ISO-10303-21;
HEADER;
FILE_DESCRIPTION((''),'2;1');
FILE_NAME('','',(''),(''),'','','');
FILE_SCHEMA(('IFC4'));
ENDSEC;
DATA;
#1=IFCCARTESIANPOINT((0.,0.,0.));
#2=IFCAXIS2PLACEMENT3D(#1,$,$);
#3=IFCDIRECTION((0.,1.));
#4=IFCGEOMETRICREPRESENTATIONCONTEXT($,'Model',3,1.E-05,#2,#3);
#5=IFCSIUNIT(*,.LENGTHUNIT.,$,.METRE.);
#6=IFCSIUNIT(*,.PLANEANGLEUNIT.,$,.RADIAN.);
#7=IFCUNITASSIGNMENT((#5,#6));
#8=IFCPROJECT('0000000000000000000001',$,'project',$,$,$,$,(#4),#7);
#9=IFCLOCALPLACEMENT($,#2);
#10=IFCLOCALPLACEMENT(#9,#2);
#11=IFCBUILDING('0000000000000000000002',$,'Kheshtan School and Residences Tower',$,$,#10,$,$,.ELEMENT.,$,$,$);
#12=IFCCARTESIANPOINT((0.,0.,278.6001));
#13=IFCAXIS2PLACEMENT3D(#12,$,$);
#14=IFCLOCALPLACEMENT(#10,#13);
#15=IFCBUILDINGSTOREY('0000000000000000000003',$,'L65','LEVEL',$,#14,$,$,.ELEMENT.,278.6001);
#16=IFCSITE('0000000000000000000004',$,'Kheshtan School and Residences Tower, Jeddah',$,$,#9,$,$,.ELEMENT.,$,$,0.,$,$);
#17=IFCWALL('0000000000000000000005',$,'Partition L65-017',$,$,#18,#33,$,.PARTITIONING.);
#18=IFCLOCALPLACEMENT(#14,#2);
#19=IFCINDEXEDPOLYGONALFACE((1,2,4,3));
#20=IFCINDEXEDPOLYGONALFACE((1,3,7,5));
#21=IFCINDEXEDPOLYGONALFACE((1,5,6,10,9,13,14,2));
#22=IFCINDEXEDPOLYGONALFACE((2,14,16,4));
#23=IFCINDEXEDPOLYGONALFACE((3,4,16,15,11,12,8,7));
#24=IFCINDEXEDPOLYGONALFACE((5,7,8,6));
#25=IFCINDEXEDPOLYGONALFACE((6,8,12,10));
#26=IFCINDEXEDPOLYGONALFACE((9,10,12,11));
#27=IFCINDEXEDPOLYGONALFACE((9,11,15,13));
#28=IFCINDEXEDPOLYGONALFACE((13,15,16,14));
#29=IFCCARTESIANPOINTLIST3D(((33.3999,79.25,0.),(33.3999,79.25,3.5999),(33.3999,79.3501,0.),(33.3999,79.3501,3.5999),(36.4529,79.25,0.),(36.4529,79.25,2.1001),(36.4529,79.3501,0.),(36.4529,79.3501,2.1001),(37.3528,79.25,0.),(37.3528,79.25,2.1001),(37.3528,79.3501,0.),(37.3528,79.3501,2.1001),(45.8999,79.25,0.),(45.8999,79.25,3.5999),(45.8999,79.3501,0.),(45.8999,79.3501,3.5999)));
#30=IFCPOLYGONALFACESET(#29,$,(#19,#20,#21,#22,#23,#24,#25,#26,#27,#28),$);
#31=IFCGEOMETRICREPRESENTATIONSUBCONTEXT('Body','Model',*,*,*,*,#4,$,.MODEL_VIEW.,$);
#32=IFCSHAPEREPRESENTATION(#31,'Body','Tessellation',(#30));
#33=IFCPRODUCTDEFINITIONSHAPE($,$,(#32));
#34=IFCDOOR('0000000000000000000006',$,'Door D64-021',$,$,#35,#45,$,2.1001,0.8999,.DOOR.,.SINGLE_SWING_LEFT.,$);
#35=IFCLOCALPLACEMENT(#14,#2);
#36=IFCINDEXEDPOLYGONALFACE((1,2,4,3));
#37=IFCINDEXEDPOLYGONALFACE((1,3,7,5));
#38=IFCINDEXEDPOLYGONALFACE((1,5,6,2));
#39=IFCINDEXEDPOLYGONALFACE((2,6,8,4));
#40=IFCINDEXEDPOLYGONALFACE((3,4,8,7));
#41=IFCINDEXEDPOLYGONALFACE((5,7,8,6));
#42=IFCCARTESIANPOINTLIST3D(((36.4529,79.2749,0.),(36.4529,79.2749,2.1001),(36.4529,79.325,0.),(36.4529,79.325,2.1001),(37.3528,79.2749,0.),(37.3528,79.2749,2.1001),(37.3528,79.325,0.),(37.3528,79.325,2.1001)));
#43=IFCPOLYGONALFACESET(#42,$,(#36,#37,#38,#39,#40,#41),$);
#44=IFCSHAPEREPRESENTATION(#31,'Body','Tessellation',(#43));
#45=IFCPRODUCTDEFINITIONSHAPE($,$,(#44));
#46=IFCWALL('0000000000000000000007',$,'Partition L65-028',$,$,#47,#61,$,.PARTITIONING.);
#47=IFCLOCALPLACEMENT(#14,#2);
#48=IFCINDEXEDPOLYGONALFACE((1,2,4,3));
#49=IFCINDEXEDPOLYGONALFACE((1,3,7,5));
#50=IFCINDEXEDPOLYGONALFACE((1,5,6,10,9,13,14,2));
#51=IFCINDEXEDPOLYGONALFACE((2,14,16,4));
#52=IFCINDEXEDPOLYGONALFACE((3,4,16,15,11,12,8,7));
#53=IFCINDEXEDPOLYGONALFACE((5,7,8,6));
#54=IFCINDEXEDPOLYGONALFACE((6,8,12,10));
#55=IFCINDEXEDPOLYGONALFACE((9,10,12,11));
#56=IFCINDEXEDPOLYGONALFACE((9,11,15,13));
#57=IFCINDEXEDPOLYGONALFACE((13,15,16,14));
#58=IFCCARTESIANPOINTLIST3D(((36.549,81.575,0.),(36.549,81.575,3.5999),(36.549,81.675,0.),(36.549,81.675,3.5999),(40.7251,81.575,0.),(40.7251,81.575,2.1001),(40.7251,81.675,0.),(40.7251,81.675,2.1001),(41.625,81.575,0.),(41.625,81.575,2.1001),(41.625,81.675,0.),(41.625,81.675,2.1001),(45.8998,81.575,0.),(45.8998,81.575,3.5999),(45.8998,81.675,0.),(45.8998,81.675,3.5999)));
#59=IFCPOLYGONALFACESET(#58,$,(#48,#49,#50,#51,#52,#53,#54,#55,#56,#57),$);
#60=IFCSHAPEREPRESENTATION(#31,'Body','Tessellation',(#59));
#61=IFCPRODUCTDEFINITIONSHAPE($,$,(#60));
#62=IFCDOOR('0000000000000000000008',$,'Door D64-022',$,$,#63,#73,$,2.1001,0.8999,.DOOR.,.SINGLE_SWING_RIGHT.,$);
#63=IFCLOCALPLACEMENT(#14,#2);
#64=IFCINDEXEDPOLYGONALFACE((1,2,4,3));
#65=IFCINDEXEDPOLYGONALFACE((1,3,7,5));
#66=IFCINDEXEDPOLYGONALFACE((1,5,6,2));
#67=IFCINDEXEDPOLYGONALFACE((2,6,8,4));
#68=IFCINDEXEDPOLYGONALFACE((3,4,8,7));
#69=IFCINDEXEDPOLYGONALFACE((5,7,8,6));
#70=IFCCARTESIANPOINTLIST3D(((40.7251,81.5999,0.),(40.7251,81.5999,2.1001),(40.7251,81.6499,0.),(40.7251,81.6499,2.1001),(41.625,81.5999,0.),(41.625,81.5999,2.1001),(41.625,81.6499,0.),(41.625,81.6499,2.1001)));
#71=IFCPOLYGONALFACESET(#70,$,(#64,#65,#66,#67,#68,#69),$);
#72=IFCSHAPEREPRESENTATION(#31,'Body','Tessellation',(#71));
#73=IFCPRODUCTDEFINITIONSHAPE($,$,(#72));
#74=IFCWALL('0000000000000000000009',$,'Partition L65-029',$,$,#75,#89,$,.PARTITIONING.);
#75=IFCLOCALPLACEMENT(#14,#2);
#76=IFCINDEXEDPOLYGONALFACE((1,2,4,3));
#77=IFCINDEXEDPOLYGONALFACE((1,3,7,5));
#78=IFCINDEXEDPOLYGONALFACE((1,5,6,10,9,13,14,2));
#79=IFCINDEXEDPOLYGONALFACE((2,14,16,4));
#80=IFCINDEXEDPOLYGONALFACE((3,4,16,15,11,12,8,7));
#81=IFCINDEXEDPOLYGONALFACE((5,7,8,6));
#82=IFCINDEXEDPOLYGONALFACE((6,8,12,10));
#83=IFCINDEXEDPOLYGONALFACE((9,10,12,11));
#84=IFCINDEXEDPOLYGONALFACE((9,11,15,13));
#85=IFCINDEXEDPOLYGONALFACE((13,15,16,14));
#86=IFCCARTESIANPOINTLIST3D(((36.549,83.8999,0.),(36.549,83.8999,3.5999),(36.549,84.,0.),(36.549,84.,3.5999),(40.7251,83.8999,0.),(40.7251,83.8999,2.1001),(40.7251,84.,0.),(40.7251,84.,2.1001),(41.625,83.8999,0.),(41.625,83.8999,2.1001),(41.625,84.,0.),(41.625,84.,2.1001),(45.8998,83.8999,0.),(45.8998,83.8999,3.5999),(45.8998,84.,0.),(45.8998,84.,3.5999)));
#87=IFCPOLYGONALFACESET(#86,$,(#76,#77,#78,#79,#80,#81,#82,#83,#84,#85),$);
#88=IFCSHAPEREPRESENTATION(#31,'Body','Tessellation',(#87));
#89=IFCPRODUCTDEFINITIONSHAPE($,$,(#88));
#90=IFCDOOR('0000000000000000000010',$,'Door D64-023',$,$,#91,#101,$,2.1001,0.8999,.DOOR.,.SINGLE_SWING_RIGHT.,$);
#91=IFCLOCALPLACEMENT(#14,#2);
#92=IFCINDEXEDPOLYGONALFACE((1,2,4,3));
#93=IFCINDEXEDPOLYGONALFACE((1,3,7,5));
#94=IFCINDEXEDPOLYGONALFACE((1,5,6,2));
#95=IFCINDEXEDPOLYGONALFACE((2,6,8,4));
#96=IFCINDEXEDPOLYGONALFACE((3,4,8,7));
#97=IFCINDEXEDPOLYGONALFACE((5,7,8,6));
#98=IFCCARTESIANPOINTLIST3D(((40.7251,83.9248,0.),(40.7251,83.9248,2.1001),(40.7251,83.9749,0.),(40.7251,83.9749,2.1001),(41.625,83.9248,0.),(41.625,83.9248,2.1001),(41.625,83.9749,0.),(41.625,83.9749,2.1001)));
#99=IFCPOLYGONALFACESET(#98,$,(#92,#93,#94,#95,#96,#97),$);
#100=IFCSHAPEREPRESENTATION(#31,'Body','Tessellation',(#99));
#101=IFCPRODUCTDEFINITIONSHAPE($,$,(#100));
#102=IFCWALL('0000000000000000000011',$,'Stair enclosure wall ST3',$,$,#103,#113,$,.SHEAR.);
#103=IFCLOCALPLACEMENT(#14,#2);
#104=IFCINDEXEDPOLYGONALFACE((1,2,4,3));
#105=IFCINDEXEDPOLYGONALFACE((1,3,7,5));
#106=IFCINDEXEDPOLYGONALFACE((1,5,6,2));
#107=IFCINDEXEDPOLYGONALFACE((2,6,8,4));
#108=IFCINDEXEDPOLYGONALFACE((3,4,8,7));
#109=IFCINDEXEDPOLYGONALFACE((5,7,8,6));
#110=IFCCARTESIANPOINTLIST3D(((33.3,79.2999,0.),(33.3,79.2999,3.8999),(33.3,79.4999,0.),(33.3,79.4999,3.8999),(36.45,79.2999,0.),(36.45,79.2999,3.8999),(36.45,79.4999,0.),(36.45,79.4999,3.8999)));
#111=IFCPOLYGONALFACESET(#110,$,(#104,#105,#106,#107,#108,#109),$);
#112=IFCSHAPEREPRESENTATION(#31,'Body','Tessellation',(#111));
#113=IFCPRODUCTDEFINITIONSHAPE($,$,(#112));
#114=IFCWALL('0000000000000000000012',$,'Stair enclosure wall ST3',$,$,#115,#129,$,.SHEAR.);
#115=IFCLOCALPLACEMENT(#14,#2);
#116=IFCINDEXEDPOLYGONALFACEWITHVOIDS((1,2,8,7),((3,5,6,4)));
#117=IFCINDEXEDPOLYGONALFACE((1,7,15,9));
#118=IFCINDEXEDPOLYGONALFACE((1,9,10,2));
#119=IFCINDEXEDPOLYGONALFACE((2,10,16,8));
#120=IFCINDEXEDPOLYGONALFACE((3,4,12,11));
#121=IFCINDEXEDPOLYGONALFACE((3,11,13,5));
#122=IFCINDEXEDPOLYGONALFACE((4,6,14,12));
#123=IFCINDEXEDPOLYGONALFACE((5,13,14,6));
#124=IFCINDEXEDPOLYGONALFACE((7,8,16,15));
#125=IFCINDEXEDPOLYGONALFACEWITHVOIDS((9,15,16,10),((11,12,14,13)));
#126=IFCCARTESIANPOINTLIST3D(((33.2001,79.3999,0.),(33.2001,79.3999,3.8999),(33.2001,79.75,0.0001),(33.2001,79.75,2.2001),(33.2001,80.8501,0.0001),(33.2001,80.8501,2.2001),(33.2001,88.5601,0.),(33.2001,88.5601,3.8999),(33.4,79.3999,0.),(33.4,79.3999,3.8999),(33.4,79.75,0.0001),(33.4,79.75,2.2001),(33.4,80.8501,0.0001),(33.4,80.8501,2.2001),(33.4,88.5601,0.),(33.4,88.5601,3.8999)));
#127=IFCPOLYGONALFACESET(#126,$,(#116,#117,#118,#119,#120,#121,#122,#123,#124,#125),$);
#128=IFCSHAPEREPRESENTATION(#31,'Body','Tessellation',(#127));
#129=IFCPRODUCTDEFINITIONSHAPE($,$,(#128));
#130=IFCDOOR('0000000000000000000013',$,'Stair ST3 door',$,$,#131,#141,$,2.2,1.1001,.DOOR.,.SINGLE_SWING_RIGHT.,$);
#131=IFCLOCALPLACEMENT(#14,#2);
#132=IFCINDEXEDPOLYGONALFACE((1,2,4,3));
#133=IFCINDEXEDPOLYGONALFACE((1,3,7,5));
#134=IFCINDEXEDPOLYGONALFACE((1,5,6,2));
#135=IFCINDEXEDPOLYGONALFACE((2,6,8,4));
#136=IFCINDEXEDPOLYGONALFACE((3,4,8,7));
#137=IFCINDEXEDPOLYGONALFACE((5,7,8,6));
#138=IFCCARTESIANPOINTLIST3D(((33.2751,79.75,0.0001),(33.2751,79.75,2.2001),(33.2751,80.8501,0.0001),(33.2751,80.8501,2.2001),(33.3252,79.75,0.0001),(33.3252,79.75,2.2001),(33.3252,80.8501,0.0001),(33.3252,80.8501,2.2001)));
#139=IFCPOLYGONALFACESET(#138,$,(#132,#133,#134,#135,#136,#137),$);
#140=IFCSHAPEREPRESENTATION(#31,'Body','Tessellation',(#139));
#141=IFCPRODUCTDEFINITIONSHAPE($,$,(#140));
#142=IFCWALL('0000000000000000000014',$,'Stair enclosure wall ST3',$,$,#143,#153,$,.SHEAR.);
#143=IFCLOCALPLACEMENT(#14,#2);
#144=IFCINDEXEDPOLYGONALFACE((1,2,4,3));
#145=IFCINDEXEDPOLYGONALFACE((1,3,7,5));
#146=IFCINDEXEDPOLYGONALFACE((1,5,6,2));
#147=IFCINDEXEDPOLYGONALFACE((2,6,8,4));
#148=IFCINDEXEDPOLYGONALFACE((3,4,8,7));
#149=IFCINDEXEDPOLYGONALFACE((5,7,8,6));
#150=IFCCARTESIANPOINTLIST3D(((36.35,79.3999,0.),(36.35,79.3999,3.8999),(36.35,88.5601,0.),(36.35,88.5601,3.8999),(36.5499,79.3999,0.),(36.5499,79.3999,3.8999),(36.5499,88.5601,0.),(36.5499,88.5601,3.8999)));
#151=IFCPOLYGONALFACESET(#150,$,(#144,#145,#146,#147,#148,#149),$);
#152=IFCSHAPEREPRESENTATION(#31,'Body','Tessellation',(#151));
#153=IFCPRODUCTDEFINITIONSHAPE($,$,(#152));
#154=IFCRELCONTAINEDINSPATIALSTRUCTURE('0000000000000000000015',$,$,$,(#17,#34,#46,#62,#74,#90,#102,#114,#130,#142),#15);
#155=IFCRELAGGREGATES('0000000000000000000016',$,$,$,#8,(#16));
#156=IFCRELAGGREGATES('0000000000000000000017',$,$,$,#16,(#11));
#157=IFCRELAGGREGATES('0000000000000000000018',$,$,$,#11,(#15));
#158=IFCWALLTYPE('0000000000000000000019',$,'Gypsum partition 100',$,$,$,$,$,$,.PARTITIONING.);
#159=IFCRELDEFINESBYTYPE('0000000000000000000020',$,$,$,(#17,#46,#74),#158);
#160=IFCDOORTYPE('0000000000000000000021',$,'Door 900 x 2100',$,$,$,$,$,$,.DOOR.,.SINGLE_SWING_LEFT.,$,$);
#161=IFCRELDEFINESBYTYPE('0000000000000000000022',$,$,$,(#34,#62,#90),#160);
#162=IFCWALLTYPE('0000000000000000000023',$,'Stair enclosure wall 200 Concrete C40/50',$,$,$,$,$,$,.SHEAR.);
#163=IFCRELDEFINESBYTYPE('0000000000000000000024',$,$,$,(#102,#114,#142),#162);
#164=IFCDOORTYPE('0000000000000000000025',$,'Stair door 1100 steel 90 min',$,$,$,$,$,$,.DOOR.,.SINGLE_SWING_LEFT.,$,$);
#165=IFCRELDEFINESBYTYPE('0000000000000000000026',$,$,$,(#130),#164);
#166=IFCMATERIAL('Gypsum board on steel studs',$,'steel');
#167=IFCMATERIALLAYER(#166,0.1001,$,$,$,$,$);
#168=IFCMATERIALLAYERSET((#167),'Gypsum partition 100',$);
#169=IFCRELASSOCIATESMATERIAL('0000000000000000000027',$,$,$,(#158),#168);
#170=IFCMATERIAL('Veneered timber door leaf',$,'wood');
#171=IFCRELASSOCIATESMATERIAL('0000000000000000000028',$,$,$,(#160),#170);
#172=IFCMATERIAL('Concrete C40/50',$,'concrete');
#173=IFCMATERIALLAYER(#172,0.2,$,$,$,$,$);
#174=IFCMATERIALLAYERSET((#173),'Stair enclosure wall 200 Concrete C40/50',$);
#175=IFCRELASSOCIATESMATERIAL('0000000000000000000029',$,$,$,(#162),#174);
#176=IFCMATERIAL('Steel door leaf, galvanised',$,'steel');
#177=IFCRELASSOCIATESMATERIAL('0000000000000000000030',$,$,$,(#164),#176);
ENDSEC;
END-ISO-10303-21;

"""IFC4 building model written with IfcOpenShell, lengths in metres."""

from ifc_helpers import new_model, si_unit, direction, frame, frame_2d, origin, place, context, subcontext, project, spatial, rectangle, extrude, source, transform, mapped, material, layer, layer_set, type_object, element, fill, save


model = new_model("IFC4")

# Units and contexts
model_context = context("Model", 3, precision=1e-05, world=origin(), true_north=direction((0.0, 1.0)))
body_context = subcontext(model_context, "Body", "Model", "MODEL_VIEW")
ifc_project = project(units=[si_unit("LENGTHUNIT", "METRE"), si_unit("PLANEANGLEUNIT", "RADIAN")], contexts=[model_context])

# Site, building, storey
site_placement = place(None, origin())
site = spatial("IfcSite", under=ifc_project, at=site_placement, Name="Kheshtan School and Residences Tower, Jeddah", CompositionType="ELEMENT", RefElevation=0.0)
building_placement = place(site_placement, origin())
building = spatial("IfcBuilding", under=site, at=building_placement, Name="Kheshtan School and Residences Tower", CompositionType="ELEMENT")
storey_placement = place(building_placement, frame((0.0, 0.0, 278.6001)))
storey = spatial("IfcBuildingStorey", under=building, at=storey_placement, Name="L65", Description="LEVEL", CompositionType="ELEMENT", Elevation=278.6001)

# Walls, openings, doors
ifc_material_1 = material(Name="Gypsum board on steel studs", Category="steel")
ifc_layer_1 = layer(ifc_material_1, 0.1001)
ifc_layer_set_1 = layer_set([ifc_layer_1], Name="Gypsum partition 100")
wall_type_1 = type_object("IfcWallType", Name="Gypsum partition 100", PredefinedType="PARTITIONING", material=ifc_layer_set_1)
wall_1_placement = place(storey_placement, frame((33.3999, 79.3, 0.0), z_axis=(0.0, 0.0, 1.0), x_axis=(1.0, 0.0, 0.0)))
wall_1 = element("IfcWall", 1, at=wall_1_placement, inside=storey, type_object=wall_type_1, Name="Partition L65-017", PredefinedType="PARTITIONING", context=body_context, shape_type="SweptSolid", body=[
    extrude(rectangle(XDim=12.5, YDim=0.1001, at=frame_2d((6.25, 0.0))), origin(), (0.0, 0.0, 1.0), 3.5999),
])
opening_1_placement = place(wall_1_placement, frame((3.053, 0.0, 0.0)))
opening_1 = element("IfcOpeningElement", 2, at=opening_1_placement, cuts=wall_1, PredefinedType="OPENING", context=body_context, shape_type="SweptSolid", body=[
    extrude(rectangle(XDim=0.8999, YDim=2.1001, at=frame_2d((0.45, 1.05))), frame((0.0, 0.0601, 0.0), z_axis=(0.0, -1.0, 0.0), x_axis=(1.0, 0.0, 0.0)), (0.0, 0.0, 1.0), 0.1201),
])
ifc_material_2 = material(Name="Veneered timber door leaf", Category="wood")
door_type_1 = type_object("IfcDoorType", Name="Door 900 x 2100", OperationType="SINGLE_SWING_LEFT", PredefinedType="DOOR", material=ifc_material_2)
shared_shape_1 = source(origin(), body_context, "Body", "SweptSolid", [
    extrude(rectangle(XDim=0.8999, YDim=2.1001, at=frame_2d((0.45, 1.05))), frame((0.0, 0.0249, 0.0), z_axis=(0.0, -1.0, 0.0), x_axis=(1.0, 0.0, 0.0)), (0.0, 0.0, 1.0), 0.05),
])
door_1_placement = place(opening_1_placement, origin())
door_1 = element("IfcDoor", 3, at=door_1_placement, inside=storey, type_object=door_type_1, Name="Door D64-021", OperationType="SINGLE_SWING_LEFT", OverallHeight=2.1001, OverallWidth=0.8999, PredefinedType="DOOR", context=body_context, shape_type="MappedRepresentation", body=[
    mapped(shared_shape_1, transform((0.0, 0.0, 0.0), x_axis=(1.0, 0.0, 0.0), y_axis=(0.0, 1.0, 0.0), z_axis=(0.0, 0.0, 1.0), scale=1.0)),
])
fill(opening_1, door_1)
wall_2_placement = place(storey_placement, frame((36.5491, 81.625, 0.0), z_axis=(0.0, 0.0, 1.0), x_axis=(1.0, 0.0, 0.0)))
wall_2 = element("IfcWall", 4, at=wall_2_placement, inside=storey, type_object=wall_type_1, Name="Partition L65-028", PredefinedType="PARTITIONING", context=body_context, shape_type="SweptSolid", body=[
    extrude(rectangle(XDim=9.3508, YDim=0.1001, at=frame_2d((4.6753, 0.0))), origin(), (0.0, 0.0, 1.0), 3.5999),
])
opening_2_placement = place(wall_2_placement, frame((4.176, 0.0, 0.0)))
opening_2 = element("IfcOpeningElement", 5, at=opening_2_placement, cuts=wall_2, PredefinedType="OPENING", context=body_context, shape_type="SweptSolid", body=[
    extrude(rectangle(XDim=0.8999, YDim=2.1001, at=frame_2d((0.45, 1.05))), frame((0.0, 0.0601, 0.0), z_axis=(0.0, -1.0, 0.0), x_axis=(1.0, 0.0, 0.0)), (0.0, 0.0, 1.0), 0.1201),
])
door_2_placement = place(opening_2_placement, origin())
door_2 = element("IfcDoor", 6, at=door_2_placement, inside=storey, type_object=door_type_1, Name="Door D64-022", OperationType="SINGLE_SWING_RIGHT", OverallHeight=2.1001, OverallWidth=0.8999, PredefinedType="DOOR", context=body_context, shape_type="MappedRepresentation", body=[
    mapped(shared_shape_1, transform((0.0, 0.0, 0.0), x_axis=(1.0, 0.0, 0.0), y_axis=(0.0, 1.0, 0.0), z_axis=(0.0, 0.0, 1.0), scale=1.0)),
])
fill(opening_2, door_2)
wall_3_placement = place(storey_placement, frame((36.5491, 83.95, 0.0), z_axis=(0.0, 0.0, 1.0), x_axis=(1.0, 0.0, 0.0)))
wall_3 = element("IfcWall", 7, at=wall_3_placement, inside=storey, type_object=wall_type_1, Name="Partition L65-029", PredefinedType="PARTITIONING", context=body_context, shape_type="SweptSolid", body=[
    extrude(rectangle(XDim=9.3508, YDim=0.1001, at=frame_2d((4.6753, 0.0))), origin(), (0.0, 0.0, 1.0), 3.5999),
])
opening_3_placement = place(wall_3_placement, frame((4.176, 0.0, 0.0)))
opening_3 = element("IfcOpeningElement", 8, at=opening_3_placement, cuts=wall_3, PredefinedType="OPENING", context=body_context, shape_type="SweptSolid", body=[
    extrude(rectangle(XDim=0.8999, YDim=2.1001, at=frame_2d((0.45, 1.05))), frame((0.0, 0.0601, 0.0), z_axis=(0.0, -1.0, 0.0), x_axis=(1.0, 0.0, 0.0)), (0.0, 0.0, 1.0), 0.1201),
])
door_3_placement = place(opening_3_placement, origin())
door_3 = element("IfcDoor", 9, at=door_3_placement, inside=storey, type_object=door_type_1, Name="Door D64-023", OperationType="SINGLE_SWING_RIGHT", OverallHeight=2.1001, OverallWidth=0.8999, PredefinedType="DOOR", context=body_context, shape_type="MappedRepresentation", body=[
    mapped(shared_shape_1, transform((0.0, 0.0, 0.0), x_axis=(1.0, 0.0, 0.0), y_axis=(0.0, 1.0, 0.0), z_axis=(0.0, 0.0, 1.0), scale=1.0)),
])
fill(opening_3, door_3)

# Wall
ifc_material_3 = material(Name="Concrete C40/50", Category="concrete")
ifc_layer_2 = layer(ifc_material_3, 0.2)
ifc_layer_set_2 = layer_set([ifc_layer_2], Name="Stair enclosure wall 200 Concrete C40/50")
wall_type_2 = type_object("IfcWallType", Name="Stair enclosure wall 200 Concrete C40/50", PredefinedType="SHEAR", material=ifc_layer_set_2)
wall_4_placement = place(storey_placement, frame((33.3, 79.3999, 0.0), z_axis=(0.0, 0.0, 1.0), x_axis=(1.0, 0.0, 0.0)))
element("IfcWall", 10, at=wall_4_placement, inside=storey, type_object=wall_type_2, Name="Stair enclosure wall ST3", PredefinedType="SHEAR", context=body_context, shape_type="SweptSolid", body=[
    extrude(rectangle(XDim=3.1499, YDim=0.2, at=frame_2d((1.575, 0.0))), origin(), (0.0, 0.0, 1.0), 3.8999),
])

# Wall, opening, door
wall_5_placement = place(storey_placement, frame((33.3, 79.3999, 0.0), z_axis=(0.0, 0.0, 1.0), x_axis=(0.0, 1.0, 0.0)))
wall_5 = element("IfcWall", 11, at=wall_5_placement, inside=storey, type_object=wall_type_2, Name="Stair enclosure wall ST3", PredefinedType="SHEAR", context=body_context, shape_type="SweptSolid", body=[
    extrude(rectangle(XDim=9.1602, YDim=0.2, at=frame_2d((4.5801, 0.0))), origin(), (0.0, 0.0, 1.0), 3.8999),
])
opening_4_placement = place(wall_5_placement, frame((0.3501, 0.0, 0.0)))
opening_4 = element("IfcOpeningElement", 12, at=opening_4_placement, cuts=wall_5, PredefinedType="OPENING", context=body_context, shape_type="SweptSolid", body=[
    extrude(rectangle(XDim=1.1001, YDim=2.2, at=frame_2d((0.55, 1.1001))), frame((0.0, 0.1099, 0.0), z_axis=(0.0, -1.0, 0.0), x_axis=(1.0, 0.0, 0.0)), (0.0, 0.0, 1.0), 0.22),
])
ifc_material_4 = material(Name="Steel door leaf, galvanised", Category="steel")
door_type_2 = type_object("IfcDoorType", Name="Stair door 1100 steel 90 min", OperationType="SINGLE_SWING_LEFT", PredefinedType="DOOR", material=ifc_material_4)
shared_shape_2 = source(origin(), body_context, "Body", "SweptSolid", [
    extrude(rectangle(XDim=1.1001, YDim=2.2, at=frame_2d((0.55, 1.1001))), frame((0.0, 0.0249, 0.0), z_axis=(0.0, -1.0, 0.0), x_axis=(1.0, 0.0, 0.0)), (0.0, 0.0, 1.0), 0.05),
])
door_4_placement = place(opening_4_placement, origin())
door_4 = element("IfcDoor", 13, at=door_4_placement, inside=storey, type_object=door_type_2, Name="Stair ST3 door", OperationType="SINGLE_SWING_RIGHT", OverallHeight=2.2, OverallWidth=1.1001, PredefinedType="DOOR", context=body_context, shape_type="MappedRepresentation", body=[
    mapped(shared_shape_2, transform((0.0, 0.0, 0.0), x_axis=(1.0, 0.0, 0.0), y_axis=(0.0, 1.0, 0.0), z_axis=(0.0, 0.0, 1.0), scale=1.0)),
])
fill(opening_4, door_4)

# Wall
wall_6_placement = place(storey_placement, frame((36.45, 79.3999, 0.0), z_axis=(0.0, 0.0, 1.0), x_axis=(0.0, 1.0, 0.0)))
element("IfcWall", 14, at=wall_6_placement, inside=storey, type_object=wall_type_2, Name="Stair enclosure wall ST3", PredefinedType="SHEAR", context=body_context, shape_type="SweptSolid", body=[
    extrude(rectangle(XDim=9.1602, YDim=0.2, at=frame_2d((4.5801, 0.0))), origin(), (0.0, 0.0, 1.0), 3.8999),
])

save(model, "model.ifc")
